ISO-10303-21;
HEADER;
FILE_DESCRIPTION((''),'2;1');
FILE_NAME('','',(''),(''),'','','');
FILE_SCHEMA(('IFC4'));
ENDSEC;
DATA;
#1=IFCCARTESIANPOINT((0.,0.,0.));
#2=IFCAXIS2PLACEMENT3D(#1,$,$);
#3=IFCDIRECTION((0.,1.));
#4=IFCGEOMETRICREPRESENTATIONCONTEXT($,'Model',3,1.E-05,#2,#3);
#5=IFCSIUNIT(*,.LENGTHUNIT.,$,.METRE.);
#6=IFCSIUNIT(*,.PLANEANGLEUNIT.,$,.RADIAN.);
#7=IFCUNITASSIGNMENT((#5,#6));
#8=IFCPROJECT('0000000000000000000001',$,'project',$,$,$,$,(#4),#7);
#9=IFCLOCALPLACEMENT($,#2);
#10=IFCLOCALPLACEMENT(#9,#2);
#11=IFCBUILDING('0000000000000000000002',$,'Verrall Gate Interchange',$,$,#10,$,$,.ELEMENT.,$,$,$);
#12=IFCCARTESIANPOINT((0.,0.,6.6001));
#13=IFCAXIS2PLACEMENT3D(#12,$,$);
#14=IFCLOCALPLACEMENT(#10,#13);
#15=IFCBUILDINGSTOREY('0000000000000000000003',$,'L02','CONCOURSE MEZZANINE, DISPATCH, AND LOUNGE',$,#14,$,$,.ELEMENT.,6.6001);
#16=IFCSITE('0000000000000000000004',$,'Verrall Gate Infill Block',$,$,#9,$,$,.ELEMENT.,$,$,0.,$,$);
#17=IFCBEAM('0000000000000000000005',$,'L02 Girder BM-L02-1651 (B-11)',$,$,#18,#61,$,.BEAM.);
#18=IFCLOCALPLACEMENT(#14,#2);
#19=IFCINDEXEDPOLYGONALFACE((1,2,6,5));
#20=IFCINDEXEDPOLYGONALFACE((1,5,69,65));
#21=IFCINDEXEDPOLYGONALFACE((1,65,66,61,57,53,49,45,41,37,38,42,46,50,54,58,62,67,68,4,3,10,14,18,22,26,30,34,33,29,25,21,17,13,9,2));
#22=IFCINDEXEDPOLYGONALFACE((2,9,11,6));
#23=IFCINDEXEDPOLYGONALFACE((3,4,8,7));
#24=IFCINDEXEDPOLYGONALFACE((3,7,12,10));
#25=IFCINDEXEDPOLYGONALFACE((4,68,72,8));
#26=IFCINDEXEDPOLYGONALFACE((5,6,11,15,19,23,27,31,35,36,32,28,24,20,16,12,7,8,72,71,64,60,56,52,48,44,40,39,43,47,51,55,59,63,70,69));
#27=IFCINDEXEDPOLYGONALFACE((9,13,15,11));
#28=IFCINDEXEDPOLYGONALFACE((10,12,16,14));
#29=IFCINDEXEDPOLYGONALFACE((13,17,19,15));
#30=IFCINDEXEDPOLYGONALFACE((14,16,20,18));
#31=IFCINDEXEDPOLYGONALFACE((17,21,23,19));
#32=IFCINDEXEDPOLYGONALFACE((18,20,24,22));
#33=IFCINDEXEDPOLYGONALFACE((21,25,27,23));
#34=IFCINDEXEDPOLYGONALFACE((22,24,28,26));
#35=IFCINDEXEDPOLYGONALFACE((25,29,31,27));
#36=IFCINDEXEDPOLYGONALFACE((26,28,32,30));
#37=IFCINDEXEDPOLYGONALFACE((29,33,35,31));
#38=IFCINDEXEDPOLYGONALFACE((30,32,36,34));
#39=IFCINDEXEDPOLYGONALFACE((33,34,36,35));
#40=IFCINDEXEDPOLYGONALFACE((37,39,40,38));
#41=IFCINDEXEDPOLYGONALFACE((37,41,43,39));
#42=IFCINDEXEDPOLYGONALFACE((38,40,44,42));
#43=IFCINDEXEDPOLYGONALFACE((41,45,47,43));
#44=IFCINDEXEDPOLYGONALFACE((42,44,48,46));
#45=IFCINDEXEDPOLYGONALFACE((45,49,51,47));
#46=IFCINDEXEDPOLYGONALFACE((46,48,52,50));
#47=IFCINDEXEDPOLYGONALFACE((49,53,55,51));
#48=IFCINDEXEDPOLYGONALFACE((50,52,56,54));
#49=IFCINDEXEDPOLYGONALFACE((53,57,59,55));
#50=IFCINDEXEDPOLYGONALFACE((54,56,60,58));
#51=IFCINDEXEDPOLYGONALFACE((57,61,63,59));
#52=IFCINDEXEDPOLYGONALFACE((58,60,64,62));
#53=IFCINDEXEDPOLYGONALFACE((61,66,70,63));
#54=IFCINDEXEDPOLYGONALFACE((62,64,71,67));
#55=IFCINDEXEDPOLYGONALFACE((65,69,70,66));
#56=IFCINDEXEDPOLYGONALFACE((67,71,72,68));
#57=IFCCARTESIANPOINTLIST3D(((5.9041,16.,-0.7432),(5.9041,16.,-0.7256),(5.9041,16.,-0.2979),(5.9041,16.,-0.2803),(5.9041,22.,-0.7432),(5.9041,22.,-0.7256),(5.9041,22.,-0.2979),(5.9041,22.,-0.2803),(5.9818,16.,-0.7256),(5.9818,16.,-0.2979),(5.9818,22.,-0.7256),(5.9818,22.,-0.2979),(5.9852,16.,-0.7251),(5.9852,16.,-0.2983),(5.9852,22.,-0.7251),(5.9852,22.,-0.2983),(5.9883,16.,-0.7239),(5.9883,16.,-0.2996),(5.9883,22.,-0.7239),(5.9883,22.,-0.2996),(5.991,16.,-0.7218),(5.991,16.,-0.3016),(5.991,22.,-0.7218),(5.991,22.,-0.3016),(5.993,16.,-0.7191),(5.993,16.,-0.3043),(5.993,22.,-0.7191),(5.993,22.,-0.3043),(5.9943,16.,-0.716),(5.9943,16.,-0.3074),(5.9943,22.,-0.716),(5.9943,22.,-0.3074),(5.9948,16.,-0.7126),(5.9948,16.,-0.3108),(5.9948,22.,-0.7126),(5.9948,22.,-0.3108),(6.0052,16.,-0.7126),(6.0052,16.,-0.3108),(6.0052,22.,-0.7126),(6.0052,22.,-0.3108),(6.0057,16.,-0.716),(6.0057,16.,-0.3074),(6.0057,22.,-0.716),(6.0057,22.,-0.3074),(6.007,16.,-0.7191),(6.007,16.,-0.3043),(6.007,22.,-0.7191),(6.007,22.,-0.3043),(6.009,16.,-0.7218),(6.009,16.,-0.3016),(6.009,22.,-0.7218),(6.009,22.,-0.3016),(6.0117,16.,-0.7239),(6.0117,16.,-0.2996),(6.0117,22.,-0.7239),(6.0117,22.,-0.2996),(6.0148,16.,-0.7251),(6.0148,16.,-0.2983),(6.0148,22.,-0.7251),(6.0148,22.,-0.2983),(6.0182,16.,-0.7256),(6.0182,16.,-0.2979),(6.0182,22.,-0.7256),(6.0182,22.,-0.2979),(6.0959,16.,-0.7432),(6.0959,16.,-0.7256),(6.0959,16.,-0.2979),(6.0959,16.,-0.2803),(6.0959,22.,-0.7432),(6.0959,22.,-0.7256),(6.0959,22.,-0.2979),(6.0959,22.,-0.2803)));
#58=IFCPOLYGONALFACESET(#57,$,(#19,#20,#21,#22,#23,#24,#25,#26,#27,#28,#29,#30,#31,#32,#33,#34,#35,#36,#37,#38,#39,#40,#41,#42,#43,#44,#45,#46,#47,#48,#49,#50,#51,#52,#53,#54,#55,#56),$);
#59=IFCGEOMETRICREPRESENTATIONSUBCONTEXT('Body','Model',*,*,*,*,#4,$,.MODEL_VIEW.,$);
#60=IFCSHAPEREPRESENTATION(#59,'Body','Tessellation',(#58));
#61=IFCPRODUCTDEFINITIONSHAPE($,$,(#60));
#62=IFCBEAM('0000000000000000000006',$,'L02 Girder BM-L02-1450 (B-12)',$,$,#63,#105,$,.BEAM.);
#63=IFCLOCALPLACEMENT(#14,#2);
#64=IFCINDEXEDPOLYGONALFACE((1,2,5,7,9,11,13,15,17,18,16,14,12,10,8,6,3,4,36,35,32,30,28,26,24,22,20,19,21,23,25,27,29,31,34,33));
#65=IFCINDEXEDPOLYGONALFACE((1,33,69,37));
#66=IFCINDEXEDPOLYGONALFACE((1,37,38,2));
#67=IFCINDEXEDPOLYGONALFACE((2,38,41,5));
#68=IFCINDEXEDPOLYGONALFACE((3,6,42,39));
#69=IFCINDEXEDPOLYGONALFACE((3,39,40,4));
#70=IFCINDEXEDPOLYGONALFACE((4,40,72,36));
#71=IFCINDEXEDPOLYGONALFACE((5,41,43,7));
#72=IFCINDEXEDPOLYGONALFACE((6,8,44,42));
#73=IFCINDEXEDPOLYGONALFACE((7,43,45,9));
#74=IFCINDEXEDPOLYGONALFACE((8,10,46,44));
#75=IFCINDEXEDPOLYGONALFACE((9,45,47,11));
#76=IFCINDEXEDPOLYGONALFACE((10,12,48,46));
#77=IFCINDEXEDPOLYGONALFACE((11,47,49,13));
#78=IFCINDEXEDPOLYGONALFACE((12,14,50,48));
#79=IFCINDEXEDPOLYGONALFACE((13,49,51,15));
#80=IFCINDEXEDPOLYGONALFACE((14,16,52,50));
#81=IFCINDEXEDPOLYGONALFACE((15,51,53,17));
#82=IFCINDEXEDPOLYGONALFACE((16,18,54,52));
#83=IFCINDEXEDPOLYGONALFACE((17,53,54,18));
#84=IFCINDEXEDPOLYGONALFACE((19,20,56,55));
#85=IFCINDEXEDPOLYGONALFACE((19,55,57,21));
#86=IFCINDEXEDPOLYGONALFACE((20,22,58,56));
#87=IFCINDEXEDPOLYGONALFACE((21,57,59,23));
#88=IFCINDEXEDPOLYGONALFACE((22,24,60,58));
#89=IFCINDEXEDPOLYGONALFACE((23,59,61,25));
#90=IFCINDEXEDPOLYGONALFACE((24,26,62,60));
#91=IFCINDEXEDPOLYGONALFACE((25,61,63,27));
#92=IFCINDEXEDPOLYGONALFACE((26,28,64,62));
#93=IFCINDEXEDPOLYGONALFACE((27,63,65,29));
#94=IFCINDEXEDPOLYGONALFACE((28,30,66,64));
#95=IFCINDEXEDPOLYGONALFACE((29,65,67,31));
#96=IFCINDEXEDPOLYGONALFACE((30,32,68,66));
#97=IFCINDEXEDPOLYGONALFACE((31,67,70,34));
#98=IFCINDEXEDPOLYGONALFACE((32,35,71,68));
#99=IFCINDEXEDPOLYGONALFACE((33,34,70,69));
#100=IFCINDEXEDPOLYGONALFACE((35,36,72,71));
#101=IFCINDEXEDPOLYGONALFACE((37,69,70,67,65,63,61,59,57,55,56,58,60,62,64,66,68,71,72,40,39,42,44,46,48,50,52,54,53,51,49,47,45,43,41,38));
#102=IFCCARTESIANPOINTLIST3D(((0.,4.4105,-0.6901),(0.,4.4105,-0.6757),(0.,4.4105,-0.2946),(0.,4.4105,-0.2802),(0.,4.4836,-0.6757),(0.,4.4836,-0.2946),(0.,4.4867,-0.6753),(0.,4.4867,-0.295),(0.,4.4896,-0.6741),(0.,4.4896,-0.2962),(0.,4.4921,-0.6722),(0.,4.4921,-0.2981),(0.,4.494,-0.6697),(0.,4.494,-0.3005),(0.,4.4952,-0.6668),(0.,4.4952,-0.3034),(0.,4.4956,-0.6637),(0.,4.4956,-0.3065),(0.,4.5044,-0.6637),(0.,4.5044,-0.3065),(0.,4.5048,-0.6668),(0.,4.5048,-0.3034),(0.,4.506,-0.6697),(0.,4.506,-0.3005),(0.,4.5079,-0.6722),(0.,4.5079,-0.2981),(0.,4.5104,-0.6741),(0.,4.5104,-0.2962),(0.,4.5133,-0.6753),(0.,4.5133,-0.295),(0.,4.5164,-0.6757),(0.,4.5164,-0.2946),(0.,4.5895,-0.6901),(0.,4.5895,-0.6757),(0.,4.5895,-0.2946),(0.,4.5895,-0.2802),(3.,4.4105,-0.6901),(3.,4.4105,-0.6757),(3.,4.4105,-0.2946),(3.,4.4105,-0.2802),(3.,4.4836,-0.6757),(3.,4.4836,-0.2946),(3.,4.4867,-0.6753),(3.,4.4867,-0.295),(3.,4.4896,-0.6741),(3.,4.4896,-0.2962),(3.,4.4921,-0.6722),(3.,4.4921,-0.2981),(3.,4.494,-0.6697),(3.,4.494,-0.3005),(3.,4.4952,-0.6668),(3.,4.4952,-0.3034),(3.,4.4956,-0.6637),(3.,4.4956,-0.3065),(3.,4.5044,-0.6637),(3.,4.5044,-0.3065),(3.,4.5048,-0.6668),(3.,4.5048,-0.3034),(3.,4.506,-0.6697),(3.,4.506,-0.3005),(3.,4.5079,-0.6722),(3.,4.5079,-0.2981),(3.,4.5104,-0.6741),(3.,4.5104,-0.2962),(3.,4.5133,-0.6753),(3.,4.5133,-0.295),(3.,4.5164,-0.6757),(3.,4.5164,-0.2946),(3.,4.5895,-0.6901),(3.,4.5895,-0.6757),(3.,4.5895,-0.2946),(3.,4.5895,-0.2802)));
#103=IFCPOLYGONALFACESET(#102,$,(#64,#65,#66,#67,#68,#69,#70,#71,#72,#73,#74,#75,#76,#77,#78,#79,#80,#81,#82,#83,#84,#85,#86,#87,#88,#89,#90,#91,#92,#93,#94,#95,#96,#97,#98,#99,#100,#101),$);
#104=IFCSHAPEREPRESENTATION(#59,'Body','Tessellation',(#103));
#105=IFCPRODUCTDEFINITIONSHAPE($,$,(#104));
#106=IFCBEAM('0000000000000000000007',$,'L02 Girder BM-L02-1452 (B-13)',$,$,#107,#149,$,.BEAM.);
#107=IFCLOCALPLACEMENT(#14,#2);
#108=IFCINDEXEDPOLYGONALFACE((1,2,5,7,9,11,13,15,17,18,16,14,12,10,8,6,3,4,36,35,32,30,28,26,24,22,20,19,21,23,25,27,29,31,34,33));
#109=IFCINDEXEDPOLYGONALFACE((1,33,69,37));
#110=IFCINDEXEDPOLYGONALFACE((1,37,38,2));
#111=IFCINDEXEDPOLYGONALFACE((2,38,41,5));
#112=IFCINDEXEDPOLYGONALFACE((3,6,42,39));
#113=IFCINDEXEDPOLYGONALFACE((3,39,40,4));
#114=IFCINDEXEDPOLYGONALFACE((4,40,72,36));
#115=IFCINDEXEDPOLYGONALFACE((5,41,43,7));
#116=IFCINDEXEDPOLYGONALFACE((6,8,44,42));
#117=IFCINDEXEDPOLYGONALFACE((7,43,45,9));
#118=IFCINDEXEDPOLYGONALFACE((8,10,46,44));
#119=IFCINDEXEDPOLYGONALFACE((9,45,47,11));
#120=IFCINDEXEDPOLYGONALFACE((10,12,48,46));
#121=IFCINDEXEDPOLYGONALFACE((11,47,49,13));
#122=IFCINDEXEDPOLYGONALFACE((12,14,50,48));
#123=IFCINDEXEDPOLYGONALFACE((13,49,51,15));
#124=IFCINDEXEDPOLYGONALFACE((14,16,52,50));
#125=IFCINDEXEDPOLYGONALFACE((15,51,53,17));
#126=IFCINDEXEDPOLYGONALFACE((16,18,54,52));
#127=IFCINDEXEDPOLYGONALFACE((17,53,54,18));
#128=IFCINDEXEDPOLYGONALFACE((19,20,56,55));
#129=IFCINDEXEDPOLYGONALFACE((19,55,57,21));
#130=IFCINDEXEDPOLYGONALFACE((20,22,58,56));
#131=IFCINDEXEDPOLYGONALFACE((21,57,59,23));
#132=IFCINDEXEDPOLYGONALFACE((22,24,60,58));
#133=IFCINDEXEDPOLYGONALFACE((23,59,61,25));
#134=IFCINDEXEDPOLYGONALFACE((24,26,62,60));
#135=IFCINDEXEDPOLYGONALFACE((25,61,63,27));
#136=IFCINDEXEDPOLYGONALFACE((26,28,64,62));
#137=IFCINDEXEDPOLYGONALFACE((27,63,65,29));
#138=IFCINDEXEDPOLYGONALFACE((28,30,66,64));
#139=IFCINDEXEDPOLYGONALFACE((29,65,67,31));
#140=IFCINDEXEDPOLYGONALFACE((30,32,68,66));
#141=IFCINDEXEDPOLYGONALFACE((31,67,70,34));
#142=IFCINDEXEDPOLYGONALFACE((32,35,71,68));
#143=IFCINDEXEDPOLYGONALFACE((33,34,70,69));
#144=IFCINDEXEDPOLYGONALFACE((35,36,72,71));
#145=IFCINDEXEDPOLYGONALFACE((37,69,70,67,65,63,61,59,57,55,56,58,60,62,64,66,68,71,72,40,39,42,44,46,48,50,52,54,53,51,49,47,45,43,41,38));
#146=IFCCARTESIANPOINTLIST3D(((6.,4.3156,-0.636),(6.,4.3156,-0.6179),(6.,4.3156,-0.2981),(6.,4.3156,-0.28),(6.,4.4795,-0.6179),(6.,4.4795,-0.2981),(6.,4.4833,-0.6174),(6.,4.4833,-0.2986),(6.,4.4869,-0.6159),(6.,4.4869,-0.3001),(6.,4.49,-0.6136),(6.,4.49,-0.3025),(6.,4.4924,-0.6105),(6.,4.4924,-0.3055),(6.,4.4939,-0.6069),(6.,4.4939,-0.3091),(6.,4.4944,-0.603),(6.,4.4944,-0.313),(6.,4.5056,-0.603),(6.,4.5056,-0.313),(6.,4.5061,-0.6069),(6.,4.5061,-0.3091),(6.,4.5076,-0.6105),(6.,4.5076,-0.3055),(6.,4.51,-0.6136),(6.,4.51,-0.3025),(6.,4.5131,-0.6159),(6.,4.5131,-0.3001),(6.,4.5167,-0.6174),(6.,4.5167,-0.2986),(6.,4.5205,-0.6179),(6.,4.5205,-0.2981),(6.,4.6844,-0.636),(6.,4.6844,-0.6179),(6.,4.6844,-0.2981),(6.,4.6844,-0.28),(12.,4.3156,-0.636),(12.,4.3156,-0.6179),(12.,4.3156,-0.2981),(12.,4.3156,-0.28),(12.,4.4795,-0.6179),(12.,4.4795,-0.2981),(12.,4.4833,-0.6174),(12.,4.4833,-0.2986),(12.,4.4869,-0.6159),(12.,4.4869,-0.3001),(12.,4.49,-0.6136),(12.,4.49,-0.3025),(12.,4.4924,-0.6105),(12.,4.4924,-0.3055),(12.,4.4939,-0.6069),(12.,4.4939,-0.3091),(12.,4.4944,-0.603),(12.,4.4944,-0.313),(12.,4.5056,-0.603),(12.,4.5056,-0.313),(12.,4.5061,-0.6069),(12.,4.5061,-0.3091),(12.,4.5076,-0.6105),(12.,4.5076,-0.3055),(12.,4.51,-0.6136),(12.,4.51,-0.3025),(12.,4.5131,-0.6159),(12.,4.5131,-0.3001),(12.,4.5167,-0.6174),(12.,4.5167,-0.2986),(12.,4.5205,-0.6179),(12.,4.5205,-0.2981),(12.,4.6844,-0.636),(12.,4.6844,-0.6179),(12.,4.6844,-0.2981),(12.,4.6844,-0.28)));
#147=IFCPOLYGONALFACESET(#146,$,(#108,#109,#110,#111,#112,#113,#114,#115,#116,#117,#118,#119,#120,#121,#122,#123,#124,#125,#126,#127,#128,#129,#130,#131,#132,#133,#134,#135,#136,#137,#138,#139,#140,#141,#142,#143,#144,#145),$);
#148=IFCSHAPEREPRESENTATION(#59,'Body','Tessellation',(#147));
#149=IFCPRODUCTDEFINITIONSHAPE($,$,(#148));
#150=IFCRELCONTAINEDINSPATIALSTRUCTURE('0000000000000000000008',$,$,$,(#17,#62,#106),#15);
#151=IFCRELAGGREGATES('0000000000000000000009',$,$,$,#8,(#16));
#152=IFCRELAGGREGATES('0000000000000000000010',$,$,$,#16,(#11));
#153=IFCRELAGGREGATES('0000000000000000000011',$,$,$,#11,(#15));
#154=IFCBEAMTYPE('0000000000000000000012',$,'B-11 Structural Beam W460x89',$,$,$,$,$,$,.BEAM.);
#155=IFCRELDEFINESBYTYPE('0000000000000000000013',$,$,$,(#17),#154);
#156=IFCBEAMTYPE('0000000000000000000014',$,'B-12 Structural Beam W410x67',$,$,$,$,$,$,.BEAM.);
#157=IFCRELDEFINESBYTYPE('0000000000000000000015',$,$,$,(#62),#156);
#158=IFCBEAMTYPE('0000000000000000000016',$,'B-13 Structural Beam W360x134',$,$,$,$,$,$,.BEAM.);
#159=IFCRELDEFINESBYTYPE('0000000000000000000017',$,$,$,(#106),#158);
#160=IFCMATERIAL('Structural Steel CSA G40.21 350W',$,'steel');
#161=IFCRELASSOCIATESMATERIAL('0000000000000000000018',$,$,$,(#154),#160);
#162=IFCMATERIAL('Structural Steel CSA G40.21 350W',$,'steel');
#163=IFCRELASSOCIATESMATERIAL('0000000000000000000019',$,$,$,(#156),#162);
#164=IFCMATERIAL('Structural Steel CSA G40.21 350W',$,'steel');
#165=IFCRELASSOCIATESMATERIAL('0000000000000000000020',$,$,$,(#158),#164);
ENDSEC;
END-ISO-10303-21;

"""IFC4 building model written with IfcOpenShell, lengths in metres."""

from ifc_helpers import new_model, si_unit, direction, frame, origin, origin_2d, place, context, subcontext, project, spatial, i_section, extrude, material, material_profile, profile_set, type_object, element, save


model = new_model("IFC4")

# Units and contexts
model_context = context("Model", 3, precision=1e-05, world=origin(), true_north=direction((0.0, 1.0)))
body_context = subcontext(model_context, "Body", "Model", "MODEL_VIEW")
ifc_project = project(units=[si_unit("LENGTHUNIT", "METRE"), si_unit("PLANEANGLEUNIT", "RADIAN")], contexts=[model_context])

# Site, building, storey
site_placement = place(None, origin())
site = spatial("IfcSite", under=ifc_project, at=site_placement, Name="Verrall Gate Infill Block", CompositionType="ELEMENT", RefElevation=0.0)
building_placement = place(site_placement, origin())
building = spatial("IfcBuilding", under=site, at=building_placement, Name="Verrall Gate Interchange", CompositionType="ELEMENT")
storey_placement = place(building_placement, frame((0.0, 0.0, 6.6001)))
storey = spatial("IfcBuildingStorey", under=building, at=storey_placement, Name="L02", Description="CONCOURSE MEZZANINE, DISPATCH, AND LOUNGE", CompositionType="ELEMENT", Elevation=6.6001)

# Beams
ifc_material_1 = material(Name="Structural Steel CSA G40.21 350W", Category="steel")
ifc_material_profile_1 = material_profile(ifc_material_1, i_section(OverallWidth=0.1919, OverallDepth=0.4629, WebThickness=0.0105, FlangeThickness=0.0176, FilletRadius=0.0129, at=origin_2d()), Name="W460x89")
ifc_profile_set_1 = profile_set([ifc_material_profile_1], Name="Structural Steel CSA G40.21 350W")
beam_type_1 = type_object("IfcBeamType", Name="B-11 Structural Beam W460x89", PredefinedType="BEAM", material=ifc_profile_set_1)
beam_1_placement = place(storey_placement, frame((6.0, 16.0, -0.5117), z_axis=(0.0, 1.0, 0.0), x_axis=(-1.0, 0.0, 0.0)))
element("IfcBeam", 1, at=beam_1_placement, inside=storey, type_object=beam_type_1, Name="L02 Girder BM-L02-1651 (B-11)", PredefinedType="BEAM", context=body_context, shape_type="SweptSolid", body=[
    extrude(i_section(OverallWidth=0.1919, OverallDepth=0.4629, WebThickness=0.0105, FlangeThickness=0.0176, FilletRadius=0.0129, at=origin_2d()), origin(), (0.0, 0.0, 1.0), 6.0),
])
ifc_material_2 = material(Name="Structural Steel CSA G40.21 350W", Category="steel")
ifc_material_profile_2 = material_profile(ifc_material_2, i_section(OverallWidth=0.179, OverallDepth=0.4099, WebThickness=0.0088, FlangeThickness=0.0144, FilletRadius=0.012, at=origin_2d()), Name="W410x67")
ifc_profile_set_2 = profile_set([ifc_material_profile_2], Name="Structural Steel CSA G40.21 350W")
beam_type_2 = type_object("IfcBeamType", Name="B-12 Structural Beam W410x67", PredefinedType="BEAM", material=ifc_profile_set_2)
beam_2_placement = place(storey_placement, frame((0.0, 4.5, -0.4851), z_axis=(1.0, 0.0, 0.0), x_axis=(0.0, 1.0, 0.0)))
element("IfcBeam", 2, at=beam_2_placement, inside=storey, type_object=beam_type_2, Name="L02 Girder BM-L02-1450 (B-12)", PredefinedType="BEAM", context=body_context, shape_type="SweptSolid", body=[
    extrude(i_section(OverallWidth=0.179, OverallDepth=0.4099, WebThickness=0.0088, FlangeThickness=0.0144, FilletRadius=0.012, at=origin_2d()), origin(), (0.0, 0.0, 1.0), 3.0),
])
ifc_material_3 = material(Name="Structural Steel CSA G40.21 350W", Category="steel")
ifc_material_profile_3 = material_profile(ifc_material_3, i_section(OverallWidth=0.3689, OverallDepth=0.356, WebThickness=0.0112, FlangeThickness=0.0181, FilletRadius=0.0149, at=origin_2d()), Name="W360x134")
ifc_profile_set_3 = profile_set([ifc_material_profile_3], Name="Structural Steel CSA G40.21 350W")
beam_type_3 = type_object("IfcBeamType", Name="B-13 Structural Beam W360x134", PredefinedType="BEAM", material=ifc_profile_set_3)
beam_3_placement = place(storey_placement, frame((6.0, 4.5, -0.458), z_axis=(1.0, 0.0, 0.0), x_axis=(0.0, 1.0, 0.0)))
element("IfcBeam", 3, at=beam_3_placement, inside=storey, type_object=beam_type_3, Name="L02 Girder BM-L02-1452 (B-13)", PredefinedType="BEAM", context=body_context, shape_type="SweptSolid", body=[
    extrude(i_section(OverallWidth=0.3689, OverallDepth=0.356, WebThickness=0.0112, FlangeThickness=0.0181, FilletRadius=0.0149, at=origin_2d()), origin(), (0.0, 0.0, 1.0), 6.0),
])

save(model, "model.ifc")
